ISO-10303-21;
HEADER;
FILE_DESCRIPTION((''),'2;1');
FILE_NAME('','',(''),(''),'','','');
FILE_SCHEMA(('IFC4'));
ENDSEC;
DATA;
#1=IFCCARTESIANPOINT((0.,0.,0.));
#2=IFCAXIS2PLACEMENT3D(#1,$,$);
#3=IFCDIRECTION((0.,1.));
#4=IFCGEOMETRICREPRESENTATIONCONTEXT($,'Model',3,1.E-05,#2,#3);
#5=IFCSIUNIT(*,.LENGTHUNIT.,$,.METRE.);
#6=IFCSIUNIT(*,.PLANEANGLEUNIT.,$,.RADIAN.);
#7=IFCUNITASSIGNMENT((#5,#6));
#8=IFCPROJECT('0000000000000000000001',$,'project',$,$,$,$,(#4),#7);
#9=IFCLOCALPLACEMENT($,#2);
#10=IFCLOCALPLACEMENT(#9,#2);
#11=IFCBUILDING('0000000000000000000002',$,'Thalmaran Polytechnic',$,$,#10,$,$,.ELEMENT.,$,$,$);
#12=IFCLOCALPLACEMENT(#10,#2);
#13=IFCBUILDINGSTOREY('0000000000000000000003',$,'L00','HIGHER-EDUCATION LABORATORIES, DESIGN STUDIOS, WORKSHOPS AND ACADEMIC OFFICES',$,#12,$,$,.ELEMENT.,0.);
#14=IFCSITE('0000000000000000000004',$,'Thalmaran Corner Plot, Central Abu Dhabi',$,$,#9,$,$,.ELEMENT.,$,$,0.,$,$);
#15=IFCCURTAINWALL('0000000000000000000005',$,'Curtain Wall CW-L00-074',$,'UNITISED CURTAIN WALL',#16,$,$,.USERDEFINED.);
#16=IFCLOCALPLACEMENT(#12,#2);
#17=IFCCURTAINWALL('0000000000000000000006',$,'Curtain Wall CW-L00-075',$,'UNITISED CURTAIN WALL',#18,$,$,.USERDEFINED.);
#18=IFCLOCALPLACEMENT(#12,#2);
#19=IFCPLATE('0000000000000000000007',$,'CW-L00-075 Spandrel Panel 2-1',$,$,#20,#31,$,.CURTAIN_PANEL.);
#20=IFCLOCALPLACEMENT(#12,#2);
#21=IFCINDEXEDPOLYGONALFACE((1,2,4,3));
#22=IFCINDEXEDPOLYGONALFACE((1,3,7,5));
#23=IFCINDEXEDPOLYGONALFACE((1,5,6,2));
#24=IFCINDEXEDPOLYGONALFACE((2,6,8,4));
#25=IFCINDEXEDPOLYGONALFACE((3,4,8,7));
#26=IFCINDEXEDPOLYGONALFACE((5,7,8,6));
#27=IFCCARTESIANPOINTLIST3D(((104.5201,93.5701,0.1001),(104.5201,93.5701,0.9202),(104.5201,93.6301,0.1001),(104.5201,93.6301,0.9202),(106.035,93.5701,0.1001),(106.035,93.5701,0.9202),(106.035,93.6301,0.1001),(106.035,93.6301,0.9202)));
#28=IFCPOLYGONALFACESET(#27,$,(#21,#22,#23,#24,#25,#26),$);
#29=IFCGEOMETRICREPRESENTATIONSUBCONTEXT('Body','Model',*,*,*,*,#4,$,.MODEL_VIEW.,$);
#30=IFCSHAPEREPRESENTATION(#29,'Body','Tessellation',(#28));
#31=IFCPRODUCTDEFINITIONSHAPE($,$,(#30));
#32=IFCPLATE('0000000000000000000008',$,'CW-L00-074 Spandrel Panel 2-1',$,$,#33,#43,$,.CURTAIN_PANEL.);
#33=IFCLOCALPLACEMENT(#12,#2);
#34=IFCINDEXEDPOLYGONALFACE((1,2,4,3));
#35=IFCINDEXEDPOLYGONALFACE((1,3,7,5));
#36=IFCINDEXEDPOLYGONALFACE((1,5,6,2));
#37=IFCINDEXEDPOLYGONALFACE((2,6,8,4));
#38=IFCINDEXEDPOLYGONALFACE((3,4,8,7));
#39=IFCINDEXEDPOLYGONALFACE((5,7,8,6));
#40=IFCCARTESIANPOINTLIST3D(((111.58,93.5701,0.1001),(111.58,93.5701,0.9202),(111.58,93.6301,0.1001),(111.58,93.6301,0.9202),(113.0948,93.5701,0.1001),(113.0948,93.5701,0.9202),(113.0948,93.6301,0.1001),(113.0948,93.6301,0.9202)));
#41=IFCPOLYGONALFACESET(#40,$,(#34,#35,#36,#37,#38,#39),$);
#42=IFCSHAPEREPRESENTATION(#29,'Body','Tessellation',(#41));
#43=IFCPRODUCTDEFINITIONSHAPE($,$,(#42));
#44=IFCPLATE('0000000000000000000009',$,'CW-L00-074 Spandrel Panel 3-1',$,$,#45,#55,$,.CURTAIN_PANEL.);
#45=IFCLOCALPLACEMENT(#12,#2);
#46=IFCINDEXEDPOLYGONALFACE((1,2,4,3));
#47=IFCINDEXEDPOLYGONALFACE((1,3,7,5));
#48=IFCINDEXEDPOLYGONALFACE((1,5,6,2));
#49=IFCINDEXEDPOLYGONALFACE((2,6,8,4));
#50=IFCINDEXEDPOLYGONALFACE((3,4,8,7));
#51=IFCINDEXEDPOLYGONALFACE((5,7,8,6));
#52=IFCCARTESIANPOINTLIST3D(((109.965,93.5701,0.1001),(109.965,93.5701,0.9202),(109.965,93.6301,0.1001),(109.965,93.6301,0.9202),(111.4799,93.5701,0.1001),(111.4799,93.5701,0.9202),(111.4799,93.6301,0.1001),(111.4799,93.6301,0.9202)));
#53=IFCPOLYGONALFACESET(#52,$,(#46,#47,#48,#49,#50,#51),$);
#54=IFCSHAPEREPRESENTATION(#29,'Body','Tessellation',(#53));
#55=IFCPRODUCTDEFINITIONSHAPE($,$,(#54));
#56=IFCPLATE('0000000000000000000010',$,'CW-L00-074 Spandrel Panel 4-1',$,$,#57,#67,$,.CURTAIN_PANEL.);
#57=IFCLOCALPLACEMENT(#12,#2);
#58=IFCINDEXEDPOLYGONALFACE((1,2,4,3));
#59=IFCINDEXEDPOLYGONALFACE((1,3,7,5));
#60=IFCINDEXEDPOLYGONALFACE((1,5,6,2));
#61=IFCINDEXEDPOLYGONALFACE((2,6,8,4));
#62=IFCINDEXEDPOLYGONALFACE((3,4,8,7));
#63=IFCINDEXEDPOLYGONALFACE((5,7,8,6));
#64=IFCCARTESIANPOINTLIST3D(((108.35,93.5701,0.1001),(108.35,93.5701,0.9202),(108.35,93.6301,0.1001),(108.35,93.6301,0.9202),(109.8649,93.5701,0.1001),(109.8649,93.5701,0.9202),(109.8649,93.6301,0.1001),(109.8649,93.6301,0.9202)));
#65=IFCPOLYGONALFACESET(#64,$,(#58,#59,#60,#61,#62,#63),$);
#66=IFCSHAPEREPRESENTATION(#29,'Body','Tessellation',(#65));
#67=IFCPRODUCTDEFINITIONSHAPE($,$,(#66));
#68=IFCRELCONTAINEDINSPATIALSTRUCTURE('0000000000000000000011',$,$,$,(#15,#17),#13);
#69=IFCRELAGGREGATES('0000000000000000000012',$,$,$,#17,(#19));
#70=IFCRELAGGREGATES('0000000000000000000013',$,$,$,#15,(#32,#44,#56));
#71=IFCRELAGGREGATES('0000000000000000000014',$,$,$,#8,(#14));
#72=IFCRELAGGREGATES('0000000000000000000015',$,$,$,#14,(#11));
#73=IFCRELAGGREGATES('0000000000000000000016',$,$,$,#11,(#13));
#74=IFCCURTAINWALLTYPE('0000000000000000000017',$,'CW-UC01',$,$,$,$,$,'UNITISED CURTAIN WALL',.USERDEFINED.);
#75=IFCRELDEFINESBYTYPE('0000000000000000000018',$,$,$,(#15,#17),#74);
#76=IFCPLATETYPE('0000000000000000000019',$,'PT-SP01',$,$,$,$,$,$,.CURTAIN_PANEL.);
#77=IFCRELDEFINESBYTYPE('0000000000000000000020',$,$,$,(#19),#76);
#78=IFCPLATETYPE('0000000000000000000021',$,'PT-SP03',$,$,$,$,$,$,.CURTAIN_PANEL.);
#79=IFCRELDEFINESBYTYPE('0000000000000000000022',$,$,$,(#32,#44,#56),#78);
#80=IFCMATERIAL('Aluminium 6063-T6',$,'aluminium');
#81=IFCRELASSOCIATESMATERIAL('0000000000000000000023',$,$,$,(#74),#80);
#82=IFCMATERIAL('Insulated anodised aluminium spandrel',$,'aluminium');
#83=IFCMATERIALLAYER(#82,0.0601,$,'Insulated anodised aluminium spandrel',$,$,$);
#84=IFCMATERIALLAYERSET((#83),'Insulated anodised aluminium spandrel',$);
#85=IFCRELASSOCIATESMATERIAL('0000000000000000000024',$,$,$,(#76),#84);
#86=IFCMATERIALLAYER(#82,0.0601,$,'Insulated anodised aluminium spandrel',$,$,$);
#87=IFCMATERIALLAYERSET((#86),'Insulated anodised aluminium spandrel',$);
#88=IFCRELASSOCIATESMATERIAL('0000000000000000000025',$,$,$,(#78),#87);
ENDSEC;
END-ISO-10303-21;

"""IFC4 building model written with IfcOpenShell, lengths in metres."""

from ifc_helpers import new_model, si_unit, direction, frame, origin, origin_2d, place, context, subcontext, project, spatial, rectangle, extrude, material, layer, layer_set, type_object, element, aggregate, save


model = new_model("IFC4")

# Units and contexts
model_context = context("Model", 3, precision=1e-05, world=origin(), true_north=direction((0.0, 1.0)))
body_context = subcontext(model_context, "Body", "Model", "MODEL_VIEW")
ifc_project = project(units=[si_unit("LENGTHUNIT", "METRE"), si_unit("PLANEANGLEUNIT", "RADIAN")], contexts=[model_context])

# Site, building, storey
site_placement = place(None, origin())
site = spatial("IfcSite", under=ifc_project, at=site_placement, Name="Thalmaran Corner Plot, Central Abu Dhabi", CompositionType="ELEMENT", RefElevation=0.0)
building_placement = place(site_placement, origin())
building = spatial("IfcBuilding", under=site, at=building_placement, Name="Thalmaran Polytechnic", CompositionType="ELEMENT")
storey_placement = place(building_placement, origin())
storey = spatial("IfcBuildingStorey", under=building, at=storey_placement, Name="L00", Description="HIGHER-EDUCATION LABORATORIES, DESIGN STUDIOS, WORKSHOPS AND ACADEMIC OFFICES", CompositionType="ELEMENT", Elevation=0.0)

# Curtain walls
ifc_material_1 = material(Name="Aluminium 6063-T6", Category="aluminium")
curtain_wall_type = type_object("IfcCurtainWallType", Name="CW-UC01", ElementType="UNITISED CURTAIN WALL", PredefinedType="USERDEFINED", material=ifc_material_1)
curtain_wall_1_placement = place(storey_placement, origin())
curtain_wall_1 = element("IfcCurtainWall", 1, at=curtain_wall_1_placement, inside=storey, type_object=curtain_wall_type, Name="Curtain Wall CW-L00-074", ObjectType="UNITISED CURTAIN WALL", PredefinedType="USERDEFINED")
curtain_wall_2_placement = place(storey_placement, origin())
curtain_wall_2 = element("IfcCurtainWall", 2, at=curtain_wall_2_placement, inside=storey, type_object=curtain_wall_type, Name="Curtain Wall CW-L00-075", ObjectType="UNITISED CURTAIN WALL", PredefinedType="USERDEFINED")

# Plates
ifc_material_2 = material(Name="Insulated anodised aluminium spandrel", Category="aluminium")
ifc_layer_1 = layer(ifc_material_2, 0.0601, Name="Insulated anodised aluminium spandrel")
ifc_layer_set_1 = layer_set([ifc_layer_1], Name="Insulated anodised aluminium spandrel")
plate_type_1 = type_object("IfcPlateType", Name="PT-SP01", PredefinedType="CURTAIN_PANEL", material=ifc_layer_set_1)
plate_1_placement = place(storey_placement, frame((105.2776, 93.6001, 0.1001), z_axis=(0.0, 0.0, 1.0), x_axis=(-1.0, 0.0, 0.0)))
plate_1 = element("IfcPlate", 3, at=plate_1_placement, type_object=plate_type_1, Name="CW-L00-075 Spandrel Panel 2-1", PredefinedType="CURTAIN_PANEL", context=body_context, shape_type="SweptSolid", body=[
    extrude(rectangle(XDim=1.5149, YDim=0.0601, at=origin_2d()), origin(), (0.0, 0.0, 1.0), 0.8201),
])
aggregate(curtain_wall_2, [plate_1])
ifc_layer_2 = layer(ifc_material_2, 0.0601, Name="Insulated anodised aluminium spandrel")
ifc_layer_set_2 = layer_set([ifc_layer_2], Name="Insulated anodised aluminium spandrel")
plate_type_2 = type_object("IfcPlateType", Name="PT-SP03", PredefinedType="CURTAIN_PANEL", material=ifc_layer_set_2)
plate_2_placement = place(storey_placement, frame((112.3374, 93.6001, 0.1001), z_axis=(0.0, 0.0, 1.0), x_axis=(-1.0, 0.0, 0.0)))
plate_2 = element("IfcPlate", 4, at=plate_2_placement, type_object=plate_type_2, Name="CW-L00-074 Spandrel Panel 2-1", PredefinedType="CURTAIN_PANEL", context=body_context, shape_type="SweptSolid", body=[
    extrude(rectangle(XDim=1.5149, YDim=0.0601, at=origin_2d()), origin(), (0.0, 0.0, 1.0), 0.8201),
])
plate_3_placement = place(storey_placement, frame((110.7224, 93.6001, 0.1001), z_axis=(0.0, 0.0, 1.0), x_axis=(-1.0, 0.0, 0.0)))
plate_3 = element("IfcPlate", 5, at=plate_3_placement, type_object=plate_type_2, Name="CW-L00-074 Spandrel Panel 3-1", PredefinedType="CURTAIN_PANEL", context=body_context, shape_type="SweptSolid", body=[
    extrude(rectangle(XDim=1.5149, YDim=0.0601, at=origin_2d()), origin(), (0.0, 0.0, 1.0), 0.8201),
])
plate_4_placement = place(storey_placement, frame((109.1074, 93.6001, 0.1001), z_axis=(0.0, 0.0, 1.0), x_axis=(-1.0, 0.0, 0.0)))
plate_4 = element("IfcPlate", 6, at=plate_4_placement, type_object=plate_type_2, Name="CW-L00-074 Spandrel Panel 4-1", PredefinedType="CURTAIN_PANEL", context=body_context, shape_type="SweptSolid", body=[
    extrude(rectangle(XDim=1.5149, YDim=0.0601, at=origin_2d()), origin(), (0.0, 0.0, 1.0), 0.8201),
])
aggregate(curtain_wall_1, [plate_2, plate_3, plate_4])

save(model, "model.ifc")
